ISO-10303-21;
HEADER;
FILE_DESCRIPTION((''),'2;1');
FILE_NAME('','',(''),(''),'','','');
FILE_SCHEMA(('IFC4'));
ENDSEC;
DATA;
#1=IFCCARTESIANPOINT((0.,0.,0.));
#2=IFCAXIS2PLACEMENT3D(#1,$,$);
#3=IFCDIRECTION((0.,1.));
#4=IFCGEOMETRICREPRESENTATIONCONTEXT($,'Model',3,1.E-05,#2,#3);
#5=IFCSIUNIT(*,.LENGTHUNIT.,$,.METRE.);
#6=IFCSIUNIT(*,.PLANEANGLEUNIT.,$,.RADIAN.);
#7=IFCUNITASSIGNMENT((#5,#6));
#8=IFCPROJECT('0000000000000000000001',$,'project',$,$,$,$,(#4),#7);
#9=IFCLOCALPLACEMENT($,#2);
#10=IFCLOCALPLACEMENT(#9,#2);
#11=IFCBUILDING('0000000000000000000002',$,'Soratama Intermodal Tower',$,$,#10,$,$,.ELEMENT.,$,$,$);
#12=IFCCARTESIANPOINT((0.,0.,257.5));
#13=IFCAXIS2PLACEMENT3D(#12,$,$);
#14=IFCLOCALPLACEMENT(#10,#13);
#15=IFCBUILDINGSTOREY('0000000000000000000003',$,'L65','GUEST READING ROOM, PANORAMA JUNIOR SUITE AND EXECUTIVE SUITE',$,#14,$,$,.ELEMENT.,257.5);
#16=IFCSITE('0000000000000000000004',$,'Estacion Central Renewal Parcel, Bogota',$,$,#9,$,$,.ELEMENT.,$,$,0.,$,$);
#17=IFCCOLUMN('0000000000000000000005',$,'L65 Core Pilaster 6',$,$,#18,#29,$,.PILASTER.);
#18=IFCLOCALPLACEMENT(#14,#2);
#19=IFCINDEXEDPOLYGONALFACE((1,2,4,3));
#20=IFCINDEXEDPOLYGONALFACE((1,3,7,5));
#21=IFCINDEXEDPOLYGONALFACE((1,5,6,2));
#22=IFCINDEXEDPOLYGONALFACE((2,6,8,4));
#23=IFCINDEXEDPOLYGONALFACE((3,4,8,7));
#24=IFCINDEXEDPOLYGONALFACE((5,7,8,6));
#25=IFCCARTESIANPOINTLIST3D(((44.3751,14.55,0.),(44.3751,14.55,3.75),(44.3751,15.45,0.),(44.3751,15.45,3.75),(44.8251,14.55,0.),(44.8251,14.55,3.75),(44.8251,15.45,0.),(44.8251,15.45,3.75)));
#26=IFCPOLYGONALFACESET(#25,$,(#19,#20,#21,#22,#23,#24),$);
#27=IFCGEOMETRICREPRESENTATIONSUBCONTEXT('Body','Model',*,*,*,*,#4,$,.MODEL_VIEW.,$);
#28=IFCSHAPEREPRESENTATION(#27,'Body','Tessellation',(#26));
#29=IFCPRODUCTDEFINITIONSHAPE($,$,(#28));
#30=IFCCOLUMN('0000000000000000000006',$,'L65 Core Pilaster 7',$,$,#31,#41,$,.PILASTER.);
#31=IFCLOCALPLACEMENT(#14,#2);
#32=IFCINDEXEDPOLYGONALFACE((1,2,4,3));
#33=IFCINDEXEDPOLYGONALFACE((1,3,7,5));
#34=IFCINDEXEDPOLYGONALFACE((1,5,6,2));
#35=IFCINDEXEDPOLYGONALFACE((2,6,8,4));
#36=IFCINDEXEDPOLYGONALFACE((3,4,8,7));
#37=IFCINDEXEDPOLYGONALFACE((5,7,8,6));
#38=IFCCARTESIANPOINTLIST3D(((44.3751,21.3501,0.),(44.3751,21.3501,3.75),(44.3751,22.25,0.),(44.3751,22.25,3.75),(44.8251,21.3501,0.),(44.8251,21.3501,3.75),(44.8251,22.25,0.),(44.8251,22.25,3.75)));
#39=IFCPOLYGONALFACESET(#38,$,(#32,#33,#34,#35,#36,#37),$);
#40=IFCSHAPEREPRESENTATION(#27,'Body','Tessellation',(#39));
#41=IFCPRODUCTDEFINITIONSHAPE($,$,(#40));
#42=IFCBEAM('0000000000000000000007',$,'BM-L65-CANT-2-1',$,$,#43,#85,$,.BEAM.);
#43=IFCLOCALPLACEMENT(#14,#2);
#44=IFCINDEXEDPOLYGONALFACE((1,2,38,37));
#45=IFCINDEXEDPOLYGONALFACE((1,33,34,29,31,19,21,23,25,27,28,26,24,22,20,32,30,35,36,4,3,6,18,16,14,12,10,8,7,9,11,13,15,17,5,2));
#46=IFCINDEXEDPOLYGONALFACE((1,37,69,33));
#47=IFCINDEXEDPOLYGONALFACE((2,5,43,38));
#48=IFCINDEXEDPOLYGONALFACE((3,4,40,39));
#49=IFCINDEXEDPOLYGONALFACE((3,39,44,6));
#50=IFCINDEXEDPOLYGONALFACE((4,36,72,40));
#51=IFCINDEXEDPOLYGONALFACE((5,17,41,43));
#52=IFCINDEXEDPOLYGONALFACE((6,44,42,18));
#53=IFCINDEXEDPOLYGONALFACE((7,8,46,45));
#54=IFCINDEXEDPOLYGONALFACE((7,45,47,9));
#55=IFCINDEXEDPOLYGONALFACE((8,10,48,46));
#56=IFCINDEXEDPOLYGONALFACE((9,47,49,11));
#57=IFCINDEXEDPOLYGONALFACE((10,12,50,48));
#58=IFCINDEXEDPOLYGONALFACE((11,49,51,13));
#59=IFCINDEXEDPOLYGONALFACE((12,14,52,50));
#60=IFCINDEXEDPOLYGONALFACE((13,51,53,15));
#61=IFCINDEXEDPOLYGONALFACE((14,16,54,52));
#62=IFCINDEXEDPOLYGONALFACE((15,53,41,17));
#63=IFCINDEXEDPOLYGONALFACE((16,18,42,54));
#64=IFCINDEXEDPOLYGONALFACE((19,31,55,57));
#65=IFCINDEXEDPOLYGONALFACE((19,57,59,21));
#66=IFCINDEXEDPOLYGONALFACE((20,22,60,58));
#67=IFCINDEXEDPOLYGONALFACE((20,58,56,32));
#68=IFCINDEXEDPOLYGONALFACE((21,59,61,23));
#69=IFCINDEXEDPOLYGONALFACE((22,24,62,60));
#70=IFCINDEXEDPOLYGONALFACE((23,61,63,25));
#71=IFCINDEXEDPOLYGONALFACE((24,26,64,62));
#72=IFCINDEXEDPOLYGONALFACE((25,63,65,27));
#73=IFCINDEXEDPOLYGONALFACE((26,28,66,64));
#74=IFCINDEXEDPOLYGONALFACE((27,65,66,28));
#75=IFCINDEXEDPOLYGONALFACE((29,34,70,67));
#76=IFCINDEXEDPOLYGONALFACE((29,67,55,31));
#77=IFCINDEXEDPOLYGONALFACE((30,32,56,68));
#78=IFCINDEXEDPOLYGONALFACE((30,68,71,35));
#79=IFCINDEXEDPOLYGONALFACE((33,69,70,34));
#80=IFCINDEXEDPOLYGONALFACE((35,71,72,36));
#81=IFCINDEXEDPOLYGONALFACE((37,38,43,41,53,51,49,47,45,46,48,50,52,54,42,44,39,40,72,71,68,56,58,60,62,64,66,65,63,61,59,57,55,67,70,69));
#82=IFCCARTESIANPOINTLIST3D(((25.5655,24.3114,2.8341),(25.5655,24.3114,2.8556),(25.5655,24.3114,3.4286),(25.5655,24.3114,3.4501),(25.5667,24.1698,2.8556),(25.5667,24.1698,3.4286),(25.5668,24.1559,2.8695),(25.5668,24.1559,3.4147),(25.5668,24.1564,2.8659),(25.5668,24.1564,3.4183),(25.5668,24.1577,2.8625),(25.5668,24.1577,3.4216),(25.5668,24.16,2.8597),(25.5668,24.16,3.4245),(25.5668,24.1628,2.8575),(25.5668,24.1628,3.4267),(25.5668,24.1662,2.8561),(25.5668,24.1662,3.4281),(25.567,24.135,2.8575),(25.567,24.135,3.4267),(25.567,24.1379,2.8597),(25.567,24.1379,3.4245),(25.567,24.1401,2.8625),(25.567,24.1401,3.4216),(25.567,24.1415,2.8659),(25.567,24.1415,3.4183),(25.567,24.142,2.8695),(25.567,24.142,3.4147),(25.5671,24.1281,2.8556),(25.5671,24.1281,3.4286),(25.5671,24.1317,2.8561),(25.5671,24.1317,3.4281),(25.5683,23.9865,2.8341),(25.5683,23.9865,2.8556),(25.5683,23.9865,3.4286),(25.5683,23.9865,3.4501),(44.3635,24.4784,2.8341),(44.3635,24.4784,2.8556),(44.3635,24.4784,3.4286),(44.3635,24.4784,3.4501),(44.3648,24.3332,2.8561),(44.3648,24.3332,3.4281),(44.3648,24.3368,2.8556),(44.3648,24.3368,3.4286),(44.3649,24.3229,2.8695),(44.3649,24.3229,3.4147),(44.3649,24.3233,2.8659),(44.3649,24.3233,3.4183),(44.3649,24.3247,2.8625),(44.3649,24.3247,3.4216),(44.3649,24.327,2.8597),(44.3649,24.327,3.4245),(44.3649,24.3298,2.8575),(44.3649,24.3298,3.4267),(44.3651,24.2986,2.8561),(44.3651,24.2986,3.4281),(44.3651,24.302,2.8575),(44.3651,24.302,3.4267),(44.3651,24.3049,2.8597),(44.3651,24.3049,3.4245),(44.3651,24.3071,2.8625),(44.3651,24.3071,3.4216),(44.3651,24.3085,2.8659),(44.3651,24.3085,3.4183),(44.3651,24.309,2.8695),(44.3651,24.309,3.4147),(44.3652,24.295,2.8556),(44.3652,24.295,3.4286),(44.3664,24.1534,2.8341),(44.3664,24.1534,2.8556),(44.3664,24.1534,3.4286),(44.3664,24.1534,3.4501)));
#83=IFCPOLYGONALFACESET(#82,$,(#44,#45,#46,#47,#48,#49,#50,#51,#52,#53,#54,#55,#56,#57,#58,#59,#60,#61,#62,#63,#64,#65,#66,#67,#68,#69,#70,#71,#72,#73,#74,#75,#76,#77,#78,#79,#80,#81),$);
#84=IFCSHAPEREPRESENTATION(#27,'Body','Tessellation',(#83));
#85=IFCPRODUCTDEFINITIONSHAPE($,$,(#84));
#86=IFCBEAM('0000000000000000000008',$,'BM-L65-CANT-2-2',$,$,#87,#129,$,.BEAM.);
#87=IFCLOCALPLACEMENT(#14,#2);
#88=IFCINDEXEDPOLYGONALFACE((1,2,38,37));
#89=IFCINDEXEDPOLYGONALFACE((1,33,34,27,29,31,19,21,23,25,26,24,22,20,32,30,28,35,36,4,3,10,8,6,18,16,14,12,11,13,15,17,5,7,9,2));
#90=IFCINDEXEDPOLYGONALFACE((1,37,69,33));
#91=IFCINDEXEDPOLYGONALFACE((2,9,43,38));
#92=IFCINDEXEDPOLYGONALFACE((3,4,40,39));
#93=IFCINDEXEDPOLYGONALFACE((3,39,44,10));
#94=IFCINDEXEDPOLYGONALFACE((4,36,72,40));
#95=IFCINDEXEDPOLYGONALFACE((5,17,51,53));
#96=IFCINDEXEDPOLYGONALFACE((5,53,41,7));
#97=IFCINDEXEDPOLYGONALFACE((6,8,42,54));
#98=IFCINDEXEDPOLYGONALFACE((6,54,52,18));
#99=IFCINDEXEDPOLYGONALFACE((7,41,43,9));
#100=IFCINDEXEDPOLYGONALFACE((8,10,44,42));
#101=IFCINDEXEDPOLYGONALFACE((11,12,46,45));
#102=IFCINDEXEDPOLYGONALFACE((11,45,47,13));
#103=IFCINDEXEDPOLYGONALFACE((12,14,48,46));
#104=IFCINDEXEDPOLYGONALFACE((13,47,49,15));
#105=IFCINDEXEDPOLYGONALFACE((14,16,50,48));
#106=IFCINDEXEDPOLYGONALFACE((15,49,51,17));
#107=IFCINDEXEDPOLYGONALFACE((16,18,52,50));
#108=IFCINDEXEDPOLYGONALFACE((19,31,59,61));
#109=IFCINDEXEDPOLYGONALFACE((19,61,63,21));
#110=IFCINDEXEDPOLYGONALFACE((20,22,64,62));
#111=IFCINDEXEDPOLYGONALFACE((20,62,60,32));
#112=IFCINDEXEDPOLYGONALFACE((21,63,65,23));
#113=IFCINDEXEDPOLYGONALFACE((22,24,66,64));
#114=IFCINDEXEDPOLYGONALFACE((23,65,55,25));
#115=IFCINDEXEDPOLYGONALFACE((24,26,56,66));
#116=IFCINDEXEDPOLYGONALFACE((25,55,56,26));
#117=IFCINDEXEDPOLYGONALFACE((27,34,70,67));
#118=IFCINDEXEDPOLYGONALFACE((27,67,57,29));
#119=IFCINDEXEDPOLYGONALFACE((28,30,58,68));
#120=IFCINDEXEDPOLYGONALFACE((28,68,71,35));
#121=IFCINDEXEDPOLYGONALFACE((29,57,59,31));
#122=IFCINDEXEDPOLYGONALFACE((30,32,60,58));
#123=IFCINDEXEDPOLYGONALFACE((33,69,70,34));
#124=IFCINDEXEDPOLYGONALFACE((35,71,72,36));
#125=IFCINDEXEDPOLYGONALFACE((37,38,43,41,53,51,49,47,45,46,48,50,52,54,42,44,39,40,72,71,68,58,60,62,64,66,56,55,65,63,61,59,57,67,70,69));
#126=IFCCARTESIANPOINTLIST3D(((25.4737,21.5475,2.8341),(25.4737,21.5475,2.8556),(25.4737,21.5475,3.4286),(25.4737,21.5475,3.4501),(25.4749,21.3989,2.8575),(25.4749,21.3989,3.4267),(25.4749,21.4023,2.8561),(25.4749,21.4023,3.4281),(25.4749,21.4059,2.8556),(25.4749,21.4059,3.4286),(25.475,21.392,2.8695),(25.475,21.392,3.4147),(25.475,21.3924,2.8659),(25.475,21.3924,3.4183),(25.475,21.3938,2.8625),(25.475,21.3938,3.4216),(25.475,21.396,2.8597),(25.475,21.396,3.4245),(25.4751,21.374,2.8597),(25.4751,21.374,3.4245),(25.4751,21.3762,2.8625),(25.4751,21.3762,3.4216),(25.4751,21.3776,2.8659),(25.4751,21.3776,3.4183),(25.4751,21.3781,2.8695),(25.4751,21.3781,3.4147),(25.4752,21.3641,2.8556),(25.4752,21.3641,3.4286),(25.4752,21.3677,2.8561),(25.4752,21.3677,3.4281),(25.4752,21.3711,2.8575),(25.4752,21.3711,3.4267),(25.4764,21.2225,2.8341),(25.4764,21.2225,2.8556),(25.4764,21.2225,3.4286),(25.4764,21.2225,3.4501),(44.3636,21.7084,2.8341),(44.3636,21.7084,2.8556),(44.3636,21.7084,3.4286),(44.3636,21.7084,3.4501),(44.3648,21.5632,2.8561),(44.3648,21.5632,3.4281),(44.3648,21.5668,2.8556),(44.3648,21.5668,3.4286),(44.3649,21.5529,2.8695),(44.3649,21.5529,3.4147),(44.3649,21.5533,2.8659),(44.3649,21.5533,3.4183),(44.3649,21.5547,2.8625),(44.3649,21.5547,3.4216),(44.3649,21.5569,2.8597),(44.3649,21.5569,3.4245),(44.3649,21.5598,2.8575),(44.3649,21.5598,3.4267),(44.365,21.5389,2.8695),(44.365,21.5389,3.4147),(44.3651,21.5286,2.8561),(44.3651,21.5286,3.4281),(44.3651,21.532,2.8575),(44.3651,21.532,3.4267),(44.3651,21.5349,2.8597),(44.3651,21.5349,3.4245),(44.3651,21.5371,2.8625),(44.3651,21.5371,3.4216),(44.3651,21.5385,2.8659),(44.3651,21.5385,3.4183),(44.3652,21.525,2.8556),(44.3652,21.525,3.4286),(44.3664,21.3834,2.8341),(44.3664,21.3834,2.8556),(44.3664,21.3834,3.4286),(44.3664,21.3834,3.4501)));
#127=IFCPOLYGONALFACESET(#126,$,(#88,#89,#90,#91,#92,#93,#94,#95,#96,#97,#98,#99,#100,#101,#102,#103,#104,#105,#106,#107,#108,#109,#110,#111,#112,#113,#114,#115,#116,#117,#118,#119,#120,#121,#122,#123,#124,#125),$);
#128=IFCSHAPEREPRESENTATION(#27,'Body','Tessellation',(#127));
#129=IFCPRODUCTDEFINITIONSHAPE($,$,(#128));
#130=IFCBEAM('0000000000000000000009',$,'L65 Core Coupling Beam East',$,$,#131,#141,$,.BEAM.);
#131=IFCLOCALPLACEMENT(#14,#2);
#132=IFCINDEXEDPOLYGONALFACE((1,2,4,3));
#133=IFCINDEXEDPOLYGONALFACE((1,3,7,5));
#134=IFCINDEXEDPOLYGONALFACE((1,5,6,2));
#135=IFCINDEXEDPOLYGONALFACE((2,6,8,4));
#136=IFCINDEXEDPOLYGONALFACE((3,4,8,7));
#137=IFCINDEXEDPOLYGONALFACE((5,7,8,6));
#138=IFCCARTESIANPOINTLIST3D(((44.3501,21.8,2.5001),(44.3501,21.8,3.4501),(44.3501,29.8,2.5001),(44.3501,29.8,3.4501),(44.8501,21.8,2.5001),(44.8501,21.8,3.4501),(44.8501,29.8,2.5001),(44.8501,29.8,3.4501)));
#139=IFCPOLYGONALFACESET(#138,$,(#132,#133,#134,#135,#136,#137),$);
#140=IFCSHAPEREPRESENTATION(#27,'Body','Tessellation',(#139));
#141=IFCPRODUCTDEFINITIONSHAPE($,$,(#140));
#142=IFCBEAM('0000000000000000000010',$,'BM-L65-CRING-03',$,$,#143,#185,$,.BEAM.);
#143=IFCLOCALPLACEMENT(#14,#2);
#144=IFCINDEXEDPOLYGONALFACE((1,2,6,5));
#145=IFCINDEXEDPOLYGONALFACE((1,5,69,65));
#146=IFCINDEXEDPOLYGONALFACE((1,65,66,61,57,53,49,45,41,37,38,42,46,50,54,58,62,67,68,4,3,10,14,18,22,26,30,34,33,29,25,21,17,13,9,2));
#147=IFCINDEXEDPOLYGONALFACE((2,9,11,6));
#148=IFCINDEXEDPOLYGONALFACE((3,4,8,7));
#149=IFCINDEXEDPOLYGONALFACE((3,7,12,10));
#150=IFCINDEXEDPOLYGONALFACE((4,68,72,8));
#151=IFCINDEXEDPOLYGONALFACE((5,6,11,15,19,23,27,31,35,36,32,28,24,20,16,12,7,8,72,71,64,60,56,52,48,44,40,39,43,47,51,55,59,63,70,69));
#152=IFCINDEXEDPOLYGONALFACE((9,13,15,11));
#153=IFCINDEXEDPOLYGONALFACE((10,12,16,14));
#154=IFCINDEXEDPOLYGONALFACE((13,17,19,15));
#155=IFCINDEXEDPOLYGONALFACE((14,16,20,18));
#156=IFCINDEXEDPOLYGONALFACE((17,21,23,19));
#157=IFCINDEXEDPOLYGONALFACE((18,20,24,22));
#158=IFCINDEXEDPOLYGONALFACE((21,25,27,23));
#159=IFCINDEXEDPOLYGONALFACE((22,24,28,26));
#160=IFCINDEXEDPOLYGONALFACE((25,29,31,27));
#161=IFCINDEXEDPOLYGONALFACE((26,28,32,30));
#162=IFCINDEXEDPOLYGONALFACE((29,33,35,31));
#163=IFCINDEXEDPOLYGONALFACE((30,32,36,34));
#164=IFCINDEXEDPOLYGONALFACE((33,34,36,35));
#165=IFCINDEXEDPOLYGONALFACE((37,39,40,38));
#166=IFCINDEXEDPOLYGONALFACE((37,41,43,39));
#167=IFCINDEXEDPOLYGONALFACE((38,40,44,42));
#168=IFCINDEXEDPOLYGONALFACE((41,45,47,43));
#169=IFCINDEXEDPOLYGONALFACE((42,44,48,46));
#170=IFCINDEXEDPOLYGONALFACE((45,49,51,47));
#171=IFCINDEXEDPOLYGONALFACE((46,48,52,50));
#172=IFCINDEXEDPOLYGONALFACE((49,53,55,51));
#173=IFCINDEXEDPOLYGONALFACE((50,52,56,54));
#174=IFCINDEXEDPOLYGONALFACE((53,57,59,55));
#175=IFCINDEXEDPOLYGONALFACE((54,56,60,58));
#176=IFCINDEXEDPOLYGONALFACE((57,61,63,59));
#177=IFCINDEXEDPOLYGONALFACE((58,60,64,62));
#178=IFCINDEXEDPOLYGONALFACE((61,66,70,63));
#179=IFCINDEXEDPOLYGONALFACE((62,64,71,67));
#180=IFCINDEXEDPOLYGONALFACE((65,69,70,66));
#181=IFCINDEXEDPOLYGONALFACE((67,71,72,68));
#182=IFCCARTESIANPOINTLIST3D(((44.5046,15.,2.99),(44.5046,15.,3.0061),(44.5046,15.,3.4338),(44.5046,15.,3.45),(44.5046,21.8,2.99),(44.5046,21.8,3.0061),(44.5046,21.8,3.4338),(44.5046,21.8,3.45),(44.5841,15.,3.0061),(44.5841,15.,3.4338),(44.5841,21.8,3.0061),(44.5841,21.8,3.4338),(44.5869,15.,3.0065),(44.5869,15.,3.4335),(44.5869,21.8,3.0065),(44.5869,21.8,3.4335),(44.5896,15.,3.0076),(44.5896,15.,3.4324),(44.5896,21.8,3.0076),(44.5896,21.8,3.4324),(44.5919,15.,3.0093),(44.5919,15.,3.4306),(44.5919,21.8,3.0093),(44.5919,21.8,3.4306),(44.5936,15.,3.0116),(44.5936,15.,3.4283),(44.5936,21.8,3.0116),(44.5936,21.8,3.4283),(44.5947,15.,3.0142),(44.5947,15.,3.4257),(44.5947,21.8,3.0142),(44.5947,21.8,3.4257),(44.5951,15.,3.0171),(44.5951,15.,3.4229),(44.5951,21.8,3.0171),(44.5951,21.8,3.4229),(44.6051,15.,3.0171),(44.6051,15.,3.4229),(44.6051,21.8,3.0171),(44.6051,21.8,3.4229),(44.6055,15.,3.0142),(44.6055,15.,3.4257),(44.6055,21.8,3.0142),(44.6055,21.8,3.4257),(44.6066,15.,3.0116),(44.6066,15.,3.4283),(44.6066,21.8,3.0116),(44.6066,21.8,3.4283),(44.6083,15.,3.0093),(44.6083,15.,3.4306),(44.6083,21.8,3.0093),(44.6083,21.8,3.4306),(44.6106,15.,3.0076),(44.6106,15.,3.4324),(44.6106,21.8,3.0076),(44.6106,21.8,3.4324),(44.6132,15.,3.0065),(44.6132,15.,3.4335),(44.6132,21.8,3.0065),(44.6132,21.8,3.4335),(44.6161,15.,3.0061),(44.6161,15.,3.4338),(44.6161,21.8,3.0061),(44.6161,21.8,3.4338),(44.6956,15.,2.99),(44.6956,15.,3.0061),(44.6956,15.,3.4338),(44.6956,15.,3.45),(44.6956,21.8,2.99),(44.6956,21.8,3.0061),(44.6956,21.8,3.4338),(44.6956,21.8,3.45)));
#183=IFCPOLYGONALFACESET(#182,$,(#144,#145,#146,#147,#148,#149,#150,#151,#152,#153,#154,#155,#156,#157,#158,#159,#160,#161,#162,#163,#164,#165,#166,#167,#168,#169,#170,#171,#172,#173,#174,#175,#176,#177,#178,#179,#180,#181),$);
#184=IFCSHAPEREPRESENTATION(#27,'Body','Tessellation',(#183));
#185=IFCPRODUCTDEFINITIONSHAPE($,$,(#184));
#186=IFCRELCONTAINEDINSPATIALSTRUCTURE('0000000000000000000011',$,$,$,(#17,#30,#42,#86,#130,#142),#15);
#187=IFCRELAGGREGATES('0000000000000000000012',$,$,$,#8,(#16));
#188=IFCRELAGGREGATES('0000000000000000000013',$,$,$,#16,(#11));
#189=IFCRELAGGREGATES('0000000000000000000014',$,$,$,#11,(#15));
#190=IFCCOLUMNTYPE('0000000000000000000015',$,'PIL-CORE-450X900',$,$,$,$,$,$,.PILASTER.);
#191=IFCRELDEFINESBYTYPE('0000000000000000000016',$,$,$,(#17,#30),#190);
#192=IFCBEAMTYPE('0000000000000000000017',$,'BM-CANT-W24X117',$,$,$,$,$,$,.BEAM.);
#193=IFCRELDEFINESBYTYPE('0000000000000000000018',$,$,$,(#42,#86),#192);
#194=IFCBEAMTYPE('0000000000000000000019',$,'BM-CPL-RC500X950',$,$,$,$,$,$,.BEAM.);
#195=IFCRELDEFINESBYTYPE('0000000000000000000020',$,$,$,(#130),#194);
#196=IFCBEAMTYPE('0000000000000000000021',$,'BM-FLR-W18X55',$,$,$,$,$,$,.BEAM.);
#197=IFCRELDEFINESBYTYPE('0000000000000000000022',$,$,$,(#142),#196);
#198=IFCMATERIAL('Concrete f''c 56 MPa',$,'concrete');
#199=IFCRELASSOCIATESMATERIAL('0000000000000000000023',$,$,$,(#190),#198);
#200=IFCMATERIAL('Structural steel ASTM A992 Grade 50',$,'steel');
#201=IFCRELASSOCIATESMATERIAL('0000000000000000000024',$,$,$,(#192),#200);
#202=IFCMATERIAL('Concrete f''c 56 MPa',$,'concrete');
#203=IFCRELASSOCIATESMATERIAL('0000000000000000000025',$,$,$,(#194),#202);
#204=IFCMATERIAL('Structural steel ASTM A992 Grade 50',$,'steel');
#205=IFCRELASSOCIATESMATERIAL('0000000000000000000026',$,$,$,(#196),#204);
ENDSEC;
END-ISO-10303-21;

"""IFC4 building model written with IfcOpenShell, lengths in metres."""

from ifc_helpers import new_model, si_unit, direction, frame, origin, origin_2d, place, context, subcontext, project, spatial, rectangle, i_section, extrude, material, material_profile, profile_set, type_object, element, save


model = new_model("IFC4")

# Units and contexts
model_context = context("Model", 3, precision=1e-05, world=origin(), true_north=direction((0.0, 1.0)))
body_context = subcontext(model_context, "Body", "Model", "MODEL_VIEW")
ifc_project = project(units=[si_unit("LENGTHUNIT", "METRE"), si_unit("PLANEANGLEUNIT", "RADIAN")], contexts=[model_context])

# Site, building, storey
site_placement = place(None, origin())
site = spatial("IfcSite", under=ifc_project, at=site_placement, Name="Estacion Central Renewal Parcel, Bogota", CompositionType="ELEMENT", RefElevation=0.0)
building_placement = place(site_placement, origin())
building = spatial("IfcBuilding", under=site, at=building_placement, Name="Soratama Intermodal Tower", CompositionType="ELEMENT")
storey_placement = place(building_placement, frame((0.0, 0.0, 257.5)))
storey = spatial("IfcBuildingStorey", under=building, at=storey_placement, Name="L65", Description="GUEST READING ROOM, PANORAMA JUNIOR SUITE AND EXECUTIVE SUITE", CompositionType="ELEMENT", Elevation=257.5)

# Columns
ifc_material_1 = material(Name="Concrete f'c 56 MPa", Category="concrete")
ifc_material_profile_1 = material_profile(ifc_material_1, rectangle(XDim=0.45, YDim=0.8999, at=origin_2d()), Name="RC450X900")
ifc_profile_set_1 = profile_set([ifc_material_profile_1], Name="Concrete f'c 56 MPa")
column_type = type_object("IfcColumnType", Name="PIL-CORE-450X900", PredefinedType="PILASTER", material=ifc_profile_set_1)
for number, where, z_axis, x_axis, name in (
    (1, (44.6001, 15.0, 0.0), (0.0, 0.0, 1.0), (1.0, 0.0, 0.0), "L65 Core Pilaster 6"),
    (2, (44.6001, 21.8, 0.0), (0.0, 0.0, 1.0), (1.0, 0.0, 0.0), "L65 Core Pilaster 7"),
):
    element("IfcColumn", number, at=place(storey_placement, frame(where, z_axis=z_axis, x_axis=x_axis)), inside=storey, type_object=column_type, Name=name, PredefinedType="PILASTER", context=body_context, shape_type="SweptSolid", body=[
        extrude(rectangle(XDim=0.45, YDim=0.8999, at=origin_2d()), origin(), (0.0, 0.0, 1.0), 3.75),
    ])

# Beams
ifc_material_2 = material(Name="Structural steel ASTM A992 Grade 50", Category="steel")
ifc_material_profile_2 = material_profile(ifc_material_2, i_section(OverallWidth=0.325, OverallDepth=0.616, WebThickness=0.0139, FlangeThickness=0.0215, FilletRadius=0.0139, at=origin_2d()), Name="W24X117")
ifc_profile_set_2 = profile_set([ifc_material_profile_2], Name="Structural steel ASTM A992 Grade 50")
beam_type_1 = type_object("IfcBeamType", Name="BM-CANT-W24X117", PredefinedType="BEAM", material=ifc_profile_set_2)
beam_1_placement = place(storey_placement, frame((44.365, 24.3159, 3.1421), z_axis=(-0.999961, -0.008883, 0.0), x_axis=(0.008883, -0.999961, 0.0)))
element("IfcBeam", 3, at=beam_1_placement, inside=storey, type_object=beam_type_1, Name="BM-L65-CANT-2-1", PredefinedType="BEAM", context=body_context, shape_type="SweptSolid", body=[
    extrude(i_section(OverallWidth=0.325, OverallDepth=0.616, WebThickness=0.0139, FlangeThickness=0.0215, FilletRadius=0.0139, at=origin_2d()), origin(), (0.0, 0.0, 1.0), 18.7988),
])
beam_2_placement = place(storey_placement, frame((44.365, 21.5459, 3.1421), z_axis=(-0.999964, -0.008517, 0.0), x_axis=(0.008517, -0.999964, 0.0)))
element("IfcBeam", 4, at=beam_2_placement, inside=storey, type_object=beam_type_1, Name="BM-L65-CANT-2-2", PredefinedType="BEAM", context=body_context, shape_type="SweptSolid", body=[
    extrude(i_section(OverallWidth=0.325, OverallDepth=0.616, WebThickness=0.0139, FlangeThickness=0.0215, FilletRadius=0.0139, at=origin_2d()), origin(), (0.0, 0.0, 1.0), 18.8906),
])
ifc_material_3 = material(Name="Concrete f'c 56 MPa", Category="concrete")
ifc_material_profile_3 = material_profile(ifc_material_3, rectangle(XDim=0.5, YDim=0.95, at=origin_2d()), Name="RC500X950")
ifc_profile_set_3 = profile_set([ifc_material_profile_3], Name="Concrete f'c 56 MPa")
beam_type_2 = type_object("IfcBeamType", Name="BM-CPL-RC500X950", PredefinedType="BEAM", material=ifc_profile_set_3)
beam_3_placement = place(storey_placement, frame((44.6001, 21.8, 2.9751), z_axis=(0.0, 1.0, 0.0), x_axis=(-1.0, 0.0, 0.0)))
element("IfcBeam", 5, at=beam_3_placement, inside=storey, type_object=beam_type_2, Name="L65 Core Coupling Beam East", PredefinedType="BEAM", context=body_context, shape_type="SweptSolid", body=[
    extrude(rectangle(XDim=0.5, YDim=0.95, at=origin_2d()), origin(), (0.0, 0.0, 1.0), 8.0),
])
ifc_material_4 = material(Name="Structural steel ASTM A992 Grade 50", Category="steel")
ifc_material_profile_4 = material_profile(ifc_material_4, i_section(OverallWidth=0.1909, OverallDepth=0.46, WebThickness=0.01, FlangeThickness=0.0161, FilletRadius=0.011, at=origin_2d()), Name="W18X55")
ifc_profile_set_4 = profile_set([ifc_material_profile_4], Name="Structural steel ASTM A992 Grade 50")
beam_type_3 = type_object("IfcBeamType", Name="BM-FLR-W18X55", PredefinedType="BEAM", material=ifc_profile_set_4)
beam_4_placement = place(storey_placement, frame((44.6001, 15.0, 3.22), z_axis=(0.0, 1.0, 0.0), x_axis=(-1.0, 0.0, 0.0)))
element("IfcBeam", 6, at=beam_4_placement, inside=storey, type_object=beam_type_3, Name="BM-L65-CRING-03", PredefinedType="BEAM", context=body_context, shape_type="SweptSolid", body=[
    extrude(i_section(OverallWidth=0.1909, OverallDepth=0.46, WebThickness=0.01, FlangeThickness=0.0161, FilletRadius=0.011, at=origin_2d()), origin(), (0.0, 0.0, 1.0), 6.8),
])

save(model, "model.ifc")
